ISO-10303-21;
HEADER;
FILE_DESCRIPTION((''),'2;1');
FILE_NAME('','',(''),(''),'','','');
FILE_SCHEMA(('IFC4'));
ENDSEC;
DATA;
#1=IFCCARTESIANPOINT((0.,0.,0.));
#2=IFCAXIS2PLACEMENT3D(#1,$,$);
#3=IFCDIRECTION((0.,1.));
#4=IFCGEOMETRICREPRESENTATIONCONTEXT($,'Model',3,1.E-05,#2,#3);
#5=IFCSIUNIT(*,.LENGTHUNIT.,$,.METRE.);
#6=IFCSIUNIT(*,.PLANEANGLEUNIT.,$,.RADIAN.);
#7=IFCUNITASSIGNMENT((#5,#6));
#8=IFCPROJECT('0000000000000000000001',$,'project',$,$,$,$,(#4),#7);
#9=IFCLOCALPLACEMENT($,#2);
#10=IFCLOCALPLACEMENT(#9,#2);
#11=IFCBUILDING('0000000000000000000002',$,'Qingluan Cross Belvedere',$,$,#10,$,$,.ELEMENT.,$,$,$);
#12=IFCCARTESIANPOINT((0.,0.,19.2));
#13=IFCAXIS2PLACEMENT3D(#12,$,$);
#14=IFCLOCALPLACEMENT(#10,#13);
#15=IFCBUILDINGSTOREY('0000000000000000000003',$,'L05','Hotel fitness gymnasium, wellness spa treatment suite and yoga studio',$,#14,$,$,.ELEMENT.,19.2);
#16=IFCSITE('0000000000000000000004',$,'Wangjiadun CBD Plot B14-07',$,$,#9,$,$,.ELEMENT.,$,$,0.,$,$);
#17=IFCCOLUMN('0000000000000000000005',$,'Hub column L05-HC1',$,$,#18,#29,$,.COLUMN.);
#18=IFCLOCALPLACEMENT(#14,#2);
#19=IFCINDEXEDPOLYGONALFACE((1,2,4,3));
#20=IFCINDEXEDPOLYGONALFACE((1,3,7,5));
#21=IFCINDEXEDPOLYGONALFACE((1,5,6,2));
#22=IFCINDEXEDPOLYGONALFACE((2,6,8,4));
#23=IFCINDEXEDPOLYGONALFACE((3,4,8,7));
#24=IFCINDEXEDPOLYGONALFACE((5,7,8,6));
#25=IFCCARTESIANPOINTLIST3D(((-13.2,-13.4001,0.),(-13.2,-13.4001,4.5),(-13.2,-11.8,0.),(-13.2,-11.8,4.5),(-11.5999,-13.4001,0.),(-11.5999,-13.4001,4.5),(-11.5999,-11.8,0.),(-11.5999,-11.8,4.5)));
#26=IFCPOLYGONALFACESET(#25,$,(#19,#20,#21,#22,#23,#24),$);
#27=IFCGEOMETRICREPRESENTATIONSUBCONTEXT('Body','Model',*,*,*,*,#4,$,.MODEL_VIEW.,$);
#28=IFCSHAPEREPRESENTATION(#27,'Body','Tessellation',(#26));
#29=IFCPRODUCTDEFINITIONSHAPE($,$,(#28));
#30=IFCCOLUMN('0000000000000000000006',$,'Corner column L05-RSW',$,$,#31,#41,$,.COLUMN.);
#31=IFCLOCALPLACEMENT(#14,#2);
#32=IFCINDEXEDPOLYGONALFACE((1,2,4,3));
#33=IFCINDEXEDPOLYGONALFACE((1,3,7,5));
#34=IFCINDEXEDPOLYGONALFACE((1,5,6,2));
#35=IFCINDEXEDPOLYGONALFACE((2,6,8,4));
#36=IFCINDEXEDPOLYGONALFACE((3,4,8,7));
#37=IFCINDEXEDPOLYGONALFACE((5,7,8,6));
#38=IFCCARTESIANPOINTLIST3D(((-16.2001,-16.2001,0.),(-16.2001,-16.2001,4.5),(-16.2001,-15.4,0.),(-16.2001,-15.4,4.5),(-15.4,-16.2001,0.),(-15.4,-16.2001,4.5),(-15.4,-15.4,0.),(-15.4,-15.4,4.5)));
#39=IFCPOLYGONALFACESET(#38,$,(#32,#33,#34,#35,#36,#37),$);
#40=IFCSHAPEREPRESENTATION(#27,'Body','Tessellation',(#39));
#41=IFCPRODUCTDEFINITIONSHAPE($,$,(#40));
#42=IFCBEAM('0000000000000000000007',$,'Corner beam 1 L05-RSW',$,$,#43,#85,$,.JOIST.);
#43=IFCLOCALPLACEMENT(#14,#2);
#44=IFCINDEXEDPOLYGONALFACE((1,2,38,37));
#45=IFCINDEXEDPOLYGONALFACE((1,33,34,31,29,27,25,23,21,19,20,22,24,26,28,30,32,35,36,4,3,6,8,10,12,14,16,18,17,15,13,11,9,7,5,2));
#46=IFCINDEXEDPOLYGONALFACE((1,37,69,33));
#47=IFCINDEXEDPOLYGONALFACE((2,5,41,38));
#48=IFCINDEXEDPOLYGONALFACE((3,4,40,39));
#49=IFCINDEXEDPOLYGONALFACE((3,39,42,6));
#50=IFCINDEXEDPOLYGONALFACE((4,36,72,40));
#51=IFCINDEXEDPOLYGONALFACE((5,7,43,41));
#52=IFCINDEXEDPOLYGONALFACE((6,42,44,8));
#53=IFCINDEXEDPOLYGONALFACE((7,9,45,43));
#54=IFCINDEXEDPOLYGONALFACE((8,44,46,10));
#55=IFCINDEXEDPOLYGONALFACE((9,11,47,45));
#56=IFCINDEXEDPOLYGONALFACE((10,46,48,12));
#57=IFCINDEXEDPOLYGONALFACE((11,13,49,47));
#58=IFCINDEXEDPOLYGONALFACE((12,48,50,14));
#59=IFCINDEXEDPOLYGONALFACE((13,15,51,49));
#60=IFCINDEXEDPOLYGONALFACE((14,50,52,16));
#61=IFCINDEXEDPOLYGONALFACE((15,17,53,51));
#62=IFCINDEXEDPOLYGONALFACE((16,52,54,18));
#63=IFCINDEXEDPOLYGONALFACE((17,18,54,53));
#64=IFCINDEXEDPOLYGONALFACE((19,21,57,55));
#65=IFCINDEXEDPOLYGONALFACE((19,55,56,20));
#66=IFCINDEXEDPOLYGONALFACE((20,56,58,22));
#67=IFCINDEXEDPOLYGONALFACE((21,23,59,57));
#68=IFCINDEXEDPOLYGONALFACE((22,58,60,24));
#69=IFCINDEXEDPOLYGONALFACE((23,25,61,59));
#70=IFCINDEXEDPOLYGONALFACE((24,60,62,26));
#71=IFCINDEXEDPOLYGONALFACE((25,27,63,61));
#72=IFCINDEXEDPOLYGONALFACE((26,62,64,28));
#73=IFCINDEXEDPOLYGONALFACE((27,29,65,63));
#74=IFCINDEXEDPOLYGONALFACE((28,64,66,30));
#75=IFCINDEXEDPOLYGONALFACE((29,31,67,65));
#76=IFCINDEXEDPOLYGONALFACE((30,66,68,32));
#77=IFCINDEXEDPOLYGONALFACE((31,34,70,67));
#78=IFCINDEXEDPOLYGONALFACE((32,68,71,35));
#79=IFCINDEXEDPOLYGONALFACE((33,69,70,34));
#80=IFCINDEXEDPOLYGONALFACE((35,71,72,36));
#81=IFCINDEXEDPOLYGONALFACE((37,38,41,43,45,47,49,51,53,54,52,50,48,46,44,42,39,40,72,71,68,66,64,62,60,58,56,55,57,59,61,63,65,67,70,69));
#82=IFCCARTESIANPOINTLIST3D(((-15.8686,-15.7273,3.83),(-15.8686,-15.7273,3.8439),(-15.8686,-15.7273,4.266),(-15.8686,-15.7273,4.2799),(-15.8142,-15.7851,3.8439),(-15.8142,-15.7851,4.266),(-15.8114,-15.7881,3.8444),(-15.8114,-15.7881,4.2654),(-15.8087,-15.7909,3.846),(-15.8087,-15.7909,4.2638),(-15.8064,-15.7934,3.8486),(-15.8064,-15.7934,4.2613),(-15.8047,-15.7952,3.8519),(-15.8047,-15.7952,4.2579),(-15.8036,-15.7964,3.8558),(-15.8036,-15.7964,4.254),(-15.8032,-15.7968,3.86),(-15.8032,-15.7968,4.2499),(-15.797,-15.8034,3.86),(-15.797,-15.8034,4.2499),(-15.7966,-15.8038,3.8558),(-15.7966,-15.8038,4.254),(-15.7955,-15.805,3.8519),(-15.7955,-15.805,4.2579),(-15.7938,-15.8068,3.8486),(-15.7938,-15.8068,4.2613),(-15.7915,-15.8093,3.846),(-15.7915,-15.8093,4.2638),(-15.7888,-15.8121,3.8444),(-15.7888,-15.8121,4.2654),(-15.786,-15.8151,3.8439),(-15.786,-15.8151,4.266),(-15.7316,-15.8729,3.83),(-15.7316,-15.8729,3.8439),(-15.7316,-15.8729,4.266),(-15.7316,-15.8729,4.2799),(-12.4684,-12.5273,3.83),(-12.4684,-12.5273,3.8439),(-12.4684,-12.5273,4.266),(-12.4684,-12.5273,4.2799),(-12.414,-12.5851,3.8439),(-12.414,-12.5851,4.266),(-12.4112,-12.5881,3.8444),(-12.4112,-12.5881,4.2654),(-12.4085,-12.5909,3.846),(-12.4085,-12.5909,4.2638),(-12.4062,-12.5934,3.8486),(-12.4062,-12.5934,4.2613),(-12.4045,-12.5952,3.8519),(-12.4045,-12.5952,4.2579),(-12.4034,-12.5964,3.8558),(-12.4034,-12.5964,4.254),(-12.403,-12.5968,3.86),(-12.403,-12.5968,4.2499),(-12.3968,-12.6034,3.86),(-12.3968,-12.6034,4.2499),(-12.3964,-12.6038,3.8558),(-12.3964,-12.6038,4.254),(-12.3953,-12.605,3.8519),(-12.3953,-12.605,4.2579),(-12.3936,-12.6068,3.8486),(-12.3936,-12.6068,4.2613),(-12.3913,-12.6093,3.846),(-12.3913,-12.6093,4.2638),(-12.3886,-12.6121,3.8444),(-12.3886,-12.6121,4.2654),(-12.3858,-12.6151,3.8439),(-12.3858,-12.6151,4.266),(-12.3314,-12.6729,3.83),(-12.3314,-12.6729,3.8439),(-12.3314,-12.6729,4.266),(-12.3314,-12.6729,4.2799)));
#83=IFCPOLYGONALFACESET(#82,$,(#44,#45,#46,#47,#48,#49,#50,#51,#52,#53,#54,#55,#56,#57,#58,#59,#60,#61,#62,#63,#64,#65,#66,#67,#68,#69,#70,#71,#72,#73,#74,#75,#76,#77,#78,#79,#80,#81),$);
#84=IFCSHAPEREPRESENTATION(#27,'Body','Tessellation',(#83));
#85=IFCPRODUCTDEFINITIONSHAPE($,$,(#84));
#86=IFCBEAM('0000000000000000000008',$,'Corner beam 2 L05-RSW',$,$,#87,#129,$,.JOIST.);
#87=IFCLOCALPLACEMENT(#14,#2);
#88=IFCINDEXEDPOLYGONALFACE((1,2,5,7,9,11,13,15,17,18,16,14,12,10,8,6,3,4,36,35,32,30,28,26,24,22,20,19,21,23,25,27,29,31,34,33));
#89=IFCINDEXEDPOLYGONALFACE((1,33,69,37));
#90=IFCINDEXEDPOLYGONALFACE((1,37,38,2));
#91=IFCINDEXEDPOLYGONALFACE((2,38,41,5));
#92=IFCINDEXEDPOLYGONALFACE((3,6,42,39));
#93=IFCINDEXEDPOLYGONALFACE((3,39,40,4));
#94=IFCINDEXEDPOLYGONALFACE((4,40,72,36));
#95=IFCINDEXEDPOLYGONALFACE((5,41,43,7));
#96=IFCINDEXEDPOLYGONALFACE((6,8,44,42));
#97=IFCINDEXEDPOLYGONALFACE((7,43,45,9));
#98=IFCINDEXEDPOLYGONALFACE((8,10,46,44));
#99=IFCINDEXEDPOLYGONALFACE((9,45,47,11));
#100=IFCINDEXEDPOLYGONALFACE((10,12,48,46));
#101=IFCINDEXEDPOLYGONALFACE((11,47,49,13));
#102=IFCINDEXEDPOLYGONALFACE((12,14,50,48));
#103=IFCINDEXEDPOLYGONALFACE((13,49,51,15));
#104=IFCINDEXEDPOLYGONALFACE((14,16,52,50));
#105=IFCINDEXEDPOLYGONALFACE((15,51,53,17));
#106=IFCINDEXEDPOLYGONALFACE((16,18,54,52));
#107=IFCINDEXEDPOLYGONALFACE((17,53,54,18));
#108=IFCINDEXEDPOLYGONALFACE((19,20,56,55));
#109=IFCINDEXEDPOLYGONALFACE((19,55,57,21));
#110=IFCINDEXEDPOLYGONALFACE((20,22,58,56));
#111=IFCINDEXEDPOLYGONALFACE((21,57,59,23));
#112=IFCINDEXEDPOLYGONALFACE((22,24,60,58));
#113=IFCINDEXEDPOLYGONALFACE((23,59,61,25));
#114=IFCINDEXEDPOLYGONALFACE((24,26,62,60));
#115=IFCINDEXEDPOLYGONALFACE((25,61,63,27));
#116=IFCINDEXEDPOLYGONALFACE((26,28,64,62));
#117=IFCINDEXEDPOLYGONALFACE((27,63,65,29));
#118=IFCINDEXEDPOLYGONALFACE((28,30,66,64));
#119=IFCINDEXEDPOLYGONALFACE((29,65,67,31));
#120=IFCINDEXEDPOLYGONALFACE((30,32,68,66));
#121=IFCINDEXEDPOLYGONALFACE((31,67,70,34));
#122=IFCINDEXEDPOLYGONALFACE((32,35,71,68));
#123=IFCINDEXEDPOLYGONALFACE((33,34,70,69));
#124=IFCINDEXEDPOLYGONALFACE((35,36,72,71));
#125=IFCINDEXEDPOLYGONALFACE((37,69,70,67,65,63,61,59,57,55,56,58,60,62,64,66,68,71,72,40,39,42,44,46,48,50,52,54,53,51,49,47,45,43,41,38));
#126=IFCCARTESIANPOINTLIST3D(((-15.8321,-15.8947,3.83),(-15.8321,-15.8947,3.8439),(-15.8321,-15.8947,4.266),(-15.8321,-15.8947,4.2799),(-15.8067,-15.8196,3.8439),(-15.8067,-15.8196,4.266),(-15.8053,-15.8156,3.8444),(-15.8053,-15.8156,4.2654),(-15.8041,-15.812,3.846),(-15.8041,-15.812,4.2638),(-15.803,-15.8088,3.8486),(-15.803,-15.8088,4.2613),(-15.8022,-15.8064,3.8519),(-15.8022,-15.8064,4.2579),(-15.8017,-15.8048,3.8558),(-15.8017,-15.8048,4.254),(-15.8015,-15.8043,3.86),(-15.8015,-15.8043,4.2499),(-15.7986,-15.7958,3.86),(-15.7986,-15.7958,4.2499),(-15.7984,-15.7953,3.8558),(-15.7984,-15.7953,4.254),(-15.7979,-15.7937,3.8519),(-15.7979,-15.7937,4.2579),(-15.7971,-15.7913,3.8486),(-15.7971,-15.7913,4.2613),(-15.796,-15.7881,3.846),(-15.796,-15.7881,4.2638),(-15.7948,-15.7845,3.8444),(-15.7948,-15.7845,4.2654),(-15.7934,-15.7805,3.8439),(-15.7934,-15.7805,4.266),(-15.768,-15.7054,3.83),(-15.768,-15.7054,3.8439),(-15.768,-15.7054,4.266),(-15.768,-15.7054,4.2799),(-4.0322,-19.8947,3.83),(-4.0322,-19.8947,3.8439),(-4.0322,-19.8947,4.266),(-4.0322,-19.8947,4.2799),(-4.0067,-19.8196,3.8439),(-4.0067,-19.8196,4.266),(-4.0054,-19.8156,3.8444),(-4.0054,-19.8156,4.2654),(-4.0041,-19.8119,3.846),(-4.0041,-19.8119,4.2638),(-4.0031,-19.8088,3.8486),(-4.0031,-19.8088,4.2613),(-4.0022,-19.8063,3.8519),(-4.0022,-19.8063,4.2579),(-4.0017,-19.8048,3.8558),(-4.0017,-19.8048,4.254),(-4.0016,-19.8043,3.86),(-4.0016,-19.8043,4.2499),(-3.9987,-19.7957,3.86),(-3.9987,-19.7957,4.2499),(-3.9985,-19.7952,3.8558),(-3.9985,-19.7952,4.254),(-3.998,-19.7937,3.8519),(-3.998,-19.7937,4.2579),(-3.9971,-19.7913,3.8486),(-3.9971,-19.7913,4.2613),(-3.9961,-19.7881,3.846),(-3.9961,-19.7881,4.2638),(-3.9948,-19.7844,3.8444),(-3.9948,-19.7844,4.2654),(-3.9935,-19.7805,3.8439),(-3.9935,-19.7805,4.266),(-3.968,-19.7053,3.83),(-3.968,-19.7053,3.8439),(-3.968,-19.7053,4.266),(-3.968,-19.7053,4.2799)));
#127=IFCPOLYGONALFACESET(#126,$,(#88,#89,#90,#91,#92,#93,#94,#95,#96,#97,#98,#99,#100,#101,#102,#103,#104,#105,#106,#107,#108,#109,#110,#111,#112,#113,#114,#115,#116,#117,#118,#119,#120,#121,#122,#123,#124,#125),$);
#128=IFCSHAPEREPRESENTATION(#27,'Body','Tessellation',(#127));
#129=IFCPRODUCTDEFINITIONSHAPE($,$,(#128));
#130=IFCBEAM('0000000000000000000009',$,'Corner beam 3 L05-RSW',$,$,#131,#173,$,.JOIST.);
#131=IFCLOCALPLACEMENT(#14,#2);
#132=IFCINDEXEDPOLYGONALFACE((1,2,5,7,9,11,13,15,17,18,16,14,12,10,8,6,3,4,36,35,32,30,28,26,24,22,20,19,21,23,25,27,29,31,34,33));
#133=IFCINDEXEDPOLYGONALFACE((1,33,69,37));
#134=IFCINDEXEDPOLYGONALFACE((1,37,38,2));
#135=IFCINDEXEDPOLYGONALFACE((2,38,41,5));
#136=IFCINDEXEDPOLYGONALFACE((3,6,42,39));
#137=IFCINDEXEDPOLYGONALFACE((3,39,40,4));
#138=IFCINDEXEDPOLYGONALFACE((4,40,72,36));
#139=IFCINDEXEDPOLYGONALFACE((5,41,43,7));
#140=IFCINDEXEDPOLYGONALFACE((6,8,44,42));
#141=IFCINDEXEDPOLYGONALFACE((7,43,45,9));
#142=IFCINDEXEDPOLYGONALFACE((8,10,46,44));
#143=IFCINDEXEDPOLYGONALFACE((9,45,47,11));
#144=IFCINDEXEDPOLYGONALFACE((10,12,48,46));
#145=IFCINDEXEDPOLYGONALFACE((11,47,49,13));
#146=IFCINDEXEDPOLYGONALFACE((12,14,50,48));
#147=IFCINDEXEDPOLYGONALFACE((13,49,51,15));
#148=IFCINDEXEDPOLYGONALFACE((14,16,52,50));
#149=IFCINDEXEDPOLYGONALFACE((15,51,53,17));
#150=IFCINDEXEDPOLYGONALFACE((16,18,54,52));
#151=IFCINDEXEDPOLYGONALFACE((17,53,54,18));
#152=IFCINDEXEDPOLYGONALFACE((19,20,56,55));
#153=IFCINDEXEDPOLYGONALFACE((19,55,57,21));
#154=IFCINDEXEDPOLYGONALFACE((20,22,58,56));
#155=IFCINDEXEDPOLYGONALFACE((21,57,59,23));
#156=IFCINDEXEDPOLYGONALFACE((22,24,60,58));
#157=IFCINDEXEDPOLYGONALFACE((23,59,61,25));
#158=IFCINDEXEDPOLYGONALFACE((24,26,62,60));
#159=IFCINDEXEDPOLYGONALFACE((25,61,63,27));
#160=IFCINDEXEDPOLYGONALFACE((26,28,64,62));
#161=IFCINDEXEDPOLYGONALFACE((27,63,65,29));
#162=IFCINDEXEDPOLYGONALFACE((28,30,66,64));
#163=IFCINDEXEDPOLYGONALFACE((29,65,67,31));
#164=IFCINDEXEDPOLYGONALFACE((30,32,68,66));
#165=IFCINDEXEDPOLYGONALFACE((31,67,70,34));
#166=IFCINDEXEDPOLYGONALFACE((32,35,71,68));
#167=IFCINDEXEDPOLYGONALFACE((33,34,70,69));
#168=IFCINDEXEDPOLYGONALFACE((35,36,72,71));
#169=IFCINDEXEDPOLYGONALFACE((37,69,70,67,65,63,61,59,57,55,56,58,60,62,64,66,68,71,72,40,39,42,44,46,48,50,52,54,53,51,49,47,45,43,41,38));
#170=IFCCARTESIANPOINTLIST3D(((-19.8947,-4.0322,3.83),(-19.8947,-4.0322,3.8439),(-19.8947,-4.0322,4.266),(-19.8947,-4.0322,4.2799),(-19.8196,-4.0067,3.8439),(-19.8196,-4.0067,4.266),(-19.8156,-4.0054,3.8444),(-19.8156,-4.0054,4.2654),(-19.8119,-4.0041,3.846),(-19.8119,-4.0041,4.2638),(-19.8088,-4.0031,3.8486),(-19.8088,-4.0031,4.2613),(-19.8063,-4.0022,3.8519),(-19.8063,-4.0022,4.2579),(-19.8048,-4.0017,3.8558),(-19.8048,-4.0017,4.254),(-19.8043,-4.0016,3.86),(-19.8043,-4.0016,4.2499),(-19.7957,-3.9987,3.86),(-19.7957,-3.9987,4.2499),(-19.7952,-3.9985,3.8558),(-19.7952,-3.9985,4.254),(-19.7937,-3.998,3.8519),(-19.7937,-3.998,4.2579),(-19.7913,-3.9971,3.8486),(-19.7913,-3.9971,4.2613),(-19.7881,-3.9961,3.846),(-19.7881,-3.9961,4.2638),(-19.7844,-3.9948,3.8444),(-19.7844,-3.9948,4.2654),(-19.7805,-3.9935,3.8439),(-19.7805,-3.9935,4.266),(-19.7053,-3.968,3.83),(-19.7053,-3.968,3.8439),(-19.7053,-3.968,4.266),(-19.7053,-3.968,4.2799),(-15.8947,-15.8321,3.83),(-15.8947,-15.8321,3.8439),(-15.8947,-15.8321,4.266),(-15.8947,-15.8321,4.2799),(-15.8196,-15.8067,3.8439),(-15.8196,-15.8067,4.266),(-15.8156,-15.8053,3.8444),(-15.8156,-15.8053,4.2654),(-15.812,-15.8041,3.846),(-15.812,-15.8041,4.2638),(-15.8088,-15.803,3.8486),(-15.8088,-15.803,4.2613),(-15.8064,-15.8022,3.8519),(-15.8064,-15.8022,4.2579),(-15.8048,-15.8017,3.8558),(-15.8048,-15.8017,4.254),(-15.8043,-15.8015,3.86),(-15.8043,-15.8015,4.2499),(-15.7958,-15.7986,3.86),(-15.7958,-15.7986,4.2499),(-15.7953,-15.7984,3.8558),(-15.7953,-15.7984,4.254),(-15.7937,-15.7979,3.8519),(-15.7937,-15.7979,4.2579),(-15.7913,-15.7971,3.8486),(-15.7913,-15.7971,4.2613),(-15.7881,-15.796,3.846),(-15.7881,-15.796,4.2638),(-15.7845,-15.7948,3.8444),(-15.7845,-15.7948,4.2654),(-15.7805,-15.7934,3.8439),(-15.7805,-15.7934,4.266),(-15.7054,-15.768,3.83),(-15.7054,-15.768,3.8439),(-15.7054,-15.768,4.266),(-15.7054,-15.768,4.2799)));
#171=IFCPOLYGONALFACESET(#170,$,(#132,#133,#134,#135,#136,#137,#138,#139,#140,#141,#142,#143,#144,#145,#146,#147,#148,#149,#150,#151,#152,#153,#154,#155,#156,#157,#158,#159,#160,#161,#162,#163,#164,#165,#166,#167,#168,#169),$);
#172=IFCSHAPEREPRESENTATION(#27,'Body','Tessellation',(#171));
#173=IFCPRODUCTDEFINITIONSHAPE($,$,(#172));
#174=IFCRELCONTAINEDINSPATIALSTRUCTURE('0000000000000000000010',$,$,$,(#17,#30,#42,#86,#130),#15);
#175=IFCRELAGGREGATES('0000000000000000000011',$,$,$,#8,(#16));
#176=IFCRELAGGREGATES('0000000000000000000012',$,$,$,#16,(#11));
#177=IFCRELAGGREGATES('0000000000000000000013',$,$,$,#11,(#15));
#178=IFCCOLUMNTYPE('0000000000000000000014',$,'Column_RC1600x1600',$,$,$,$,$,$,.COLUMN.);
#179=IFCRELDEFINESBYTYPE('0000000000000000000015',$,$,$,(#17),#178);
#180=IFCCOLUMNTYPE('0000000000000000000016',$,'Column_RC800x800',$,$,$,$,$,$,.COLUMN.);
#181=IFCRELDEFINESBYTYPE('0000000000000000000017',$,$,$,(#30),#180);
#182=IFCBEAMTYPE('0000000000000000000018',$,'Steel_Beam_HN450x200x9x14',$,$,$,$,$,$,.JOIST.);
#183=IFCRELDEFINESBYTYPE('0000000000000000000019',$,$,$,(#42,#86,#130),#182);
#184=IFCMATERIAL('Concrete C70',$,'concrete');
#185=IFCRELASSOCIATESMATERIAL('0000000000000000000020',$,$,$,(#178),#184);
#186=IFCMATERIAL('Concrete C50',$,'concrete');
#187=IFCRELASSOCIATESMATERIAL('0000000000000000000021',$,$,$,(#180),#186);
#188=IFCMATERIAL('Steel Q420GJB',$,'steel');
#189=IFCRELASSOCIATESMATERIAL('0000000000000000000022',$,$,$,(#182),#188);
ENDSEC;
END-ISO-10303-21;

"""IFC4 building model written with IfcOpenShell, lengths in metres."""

from ifc_helpers import new_model, si_unit, direction, frame, origin, origin_2d, place, context, subcontext, project, spatial, rectangle, i_section, extrude, material, material_profile, profile_set, type_object, element, save


model = new_model("IFC4")

# Units and contexts
model_context = context("Model", 3, precision=1e-05, world=origin(), true_north=direction((0.0, 1.0)))
body_context = subcontext(model_context, "Body", "Model", "MODEL_VIEW")
ifc_project = project(units=[si_unit("LENGTHUNIT", "METRE"), si_unit("PLANEANGLEUNIT", "RADIAN")], contexts=[model_context])

# Site, building, storey
site_placement = place(None, origin())
site = spatial("IfcSite", under=ifc_project, at=site_placement, Name="Wangjiadun CBD Plot B14-07", CompositionType="ELEMENT", RefElevation=0.0)
building_placement = place(site_placement, origin())
building = spatial("IfcBuilding", under=site, at=building_placement, Name="Qingluan Cross Belvedere", CompositionType="ELEMENT")
storey_placement = place(building_placement, frame((0.0, 0.0, 19.2)))
storey = spatial("IfcBuildingStorey", under=building, at=storey_placement, Name="L05", Description="Hotel fitness gymnasium, wellness spa treatment suite and yoga studio", CompositionType="ELEMENT", Elevation=19.2)

# Columns
ifc_material_1 = material(Name="Concrete C70", Category="concrete")
ifc_material_profile_1 = material_profile(ifc_material_1, rectangle(XDim=1.6001, YDim=1.6001, at=origin_2d()), Name="RC1600x1600")
ifc_profile_set_1 = profile_set([ifc_material_profile_1], Name="Concrete C70")
column_type_1 = type_object("IfcColumnType", Name="Column_RC1600x1600", PredefinedType="COLUMN", material=ifc_profile_set_1)
column_1_placement = place(storey_placement, frame((-12.3999, -12.6001, 0.0), z_axis=(0.0, 0.0, 1.0), x_axis=(1.0, 0.0, 0.0)))
element("IfcColumn", 1, at=column_1_placement, inside=storey, type_object=column_type_1, Name="Hub column L05-HC1", PredefinedType="COLUMN", context=body_context, shape_type="SweptSolid", body=[
    extrude(rectangle(XDim=1.6001, YDim=1.6001, at=origin_2d()), origin(), (0.0, 0.0, 1.0), 4.5),
])
ifc_material_2 = material(Name="Concrete C50", Category="concrete")
ifc_material_profile_2 = material_profile(ifc_material_2, rectangle(XDim=0.8, YDim=0.8, at=origin_2d()), Name="RC800x800")
ifc_profile_set_2 = profile_set([ifc_material_profile_2], Name="Concrete C50")
column_type_2 = type_object("IfcColumnType", Name="Column_RC800x800", PredefinedType="COLUMN", material=ifc_profile_set_2)
column_2_placement = place(storey_placement, frame((-15.8, -15.8, 0.0), z_axis=(0.0, 0.0, 1.0), x_axis=(1.0, 0.0, 0.0)))
element("IfcColumn", 2, at=column_2_placement, inside=storey, type_object=column_type_2, Name="Corner column L05-RSW", PredefinedType="COLUMN", context=body_context, shape_type="SweptSolid", body=[
    extrude(rectangle(XDim=0.8, YDim=0.8, at=origin_2d()), origin(), (0.0, 0.0, 1.0), 4.5),
])

# Beams
ifc_material_3 = material(Name="Steel Q420GJB", Category="steel")
ifc_material_profile_3 = material_profile(ifc_material_3, i_section(OverallWidth=0.2, OverallDepth=0.45, WebThickness=0.009, FlangeThickness=0.0139, FilletRadius=0.0161, at=origin_2d()), Name="HN450x200x9x14")
ifc_profile_set_3 = profile_set([ifc_material_profile_3], Name="Steel Q420GJB")
beam_type_1 = type_object("IfcBeamType", Name="Steel_Beam_HN450x200x9x14", PredefinedType="JOIST", material=ifc_profile_set_3)
beam_1_placement = place(storey_placement, frame((-12.3999, -12.6001, 4.0549), z_axis=(-0.72822, -0.685343, 0.0), x_axis=(0.685343, -0.72822, 0.0)))
element("IfcBeam", 3, at=beam_1_placement, inside=storey, type_object=beam_type_1, Name="Corner beam 1 L05-RSW", PredefinedType="JOIST", context=body_context, shape_type="SweptSolid", body=[
    extrude(i_section(OverallWidth=0.2, OverallDepth=0.45, WebThickness=0.009, FlangeThickness=0.0139, FilletRadius=0.0161, at=origin_2d()), origin(), (0.0, 0.0, 1.0), 4.6692),
])
for number, where, z_axis, x_axis, name in (
    (4, (-15.8, -15.8, 4.0549), (0.947066, -0.321038, 0.0), (0.321038, 0.947066, 0.0), "Corner beam 2 L05-RSW"),
    (5, (-15.8, -15.8, 4.0549), (-0.321038, 0.947066, 0.0), (-0.947066, -0.321038, 0.0), "Corner beam 3 L05-RSW"),
):
    element("IfcBeam", number, at=place(storey_placement, frame(where, z_axis=z_axis, x_axis=x_axis)), inside=storey, type_object=beam_type_1, Name=name, PredefinedType="JOIST", context=body_context, shape_type="SweptSolid", body=[
        extrude(i_section(OverallWidth=0.2, OverallDepth=0.45, WebThickness=0.009, FlangeThickness=0.0139, FilletRadius=0.0161, at=origin_2d()), origin(), (0.0, 0.0, 1.0), 12.4595),
    ])

save(model, "model.ifc")
